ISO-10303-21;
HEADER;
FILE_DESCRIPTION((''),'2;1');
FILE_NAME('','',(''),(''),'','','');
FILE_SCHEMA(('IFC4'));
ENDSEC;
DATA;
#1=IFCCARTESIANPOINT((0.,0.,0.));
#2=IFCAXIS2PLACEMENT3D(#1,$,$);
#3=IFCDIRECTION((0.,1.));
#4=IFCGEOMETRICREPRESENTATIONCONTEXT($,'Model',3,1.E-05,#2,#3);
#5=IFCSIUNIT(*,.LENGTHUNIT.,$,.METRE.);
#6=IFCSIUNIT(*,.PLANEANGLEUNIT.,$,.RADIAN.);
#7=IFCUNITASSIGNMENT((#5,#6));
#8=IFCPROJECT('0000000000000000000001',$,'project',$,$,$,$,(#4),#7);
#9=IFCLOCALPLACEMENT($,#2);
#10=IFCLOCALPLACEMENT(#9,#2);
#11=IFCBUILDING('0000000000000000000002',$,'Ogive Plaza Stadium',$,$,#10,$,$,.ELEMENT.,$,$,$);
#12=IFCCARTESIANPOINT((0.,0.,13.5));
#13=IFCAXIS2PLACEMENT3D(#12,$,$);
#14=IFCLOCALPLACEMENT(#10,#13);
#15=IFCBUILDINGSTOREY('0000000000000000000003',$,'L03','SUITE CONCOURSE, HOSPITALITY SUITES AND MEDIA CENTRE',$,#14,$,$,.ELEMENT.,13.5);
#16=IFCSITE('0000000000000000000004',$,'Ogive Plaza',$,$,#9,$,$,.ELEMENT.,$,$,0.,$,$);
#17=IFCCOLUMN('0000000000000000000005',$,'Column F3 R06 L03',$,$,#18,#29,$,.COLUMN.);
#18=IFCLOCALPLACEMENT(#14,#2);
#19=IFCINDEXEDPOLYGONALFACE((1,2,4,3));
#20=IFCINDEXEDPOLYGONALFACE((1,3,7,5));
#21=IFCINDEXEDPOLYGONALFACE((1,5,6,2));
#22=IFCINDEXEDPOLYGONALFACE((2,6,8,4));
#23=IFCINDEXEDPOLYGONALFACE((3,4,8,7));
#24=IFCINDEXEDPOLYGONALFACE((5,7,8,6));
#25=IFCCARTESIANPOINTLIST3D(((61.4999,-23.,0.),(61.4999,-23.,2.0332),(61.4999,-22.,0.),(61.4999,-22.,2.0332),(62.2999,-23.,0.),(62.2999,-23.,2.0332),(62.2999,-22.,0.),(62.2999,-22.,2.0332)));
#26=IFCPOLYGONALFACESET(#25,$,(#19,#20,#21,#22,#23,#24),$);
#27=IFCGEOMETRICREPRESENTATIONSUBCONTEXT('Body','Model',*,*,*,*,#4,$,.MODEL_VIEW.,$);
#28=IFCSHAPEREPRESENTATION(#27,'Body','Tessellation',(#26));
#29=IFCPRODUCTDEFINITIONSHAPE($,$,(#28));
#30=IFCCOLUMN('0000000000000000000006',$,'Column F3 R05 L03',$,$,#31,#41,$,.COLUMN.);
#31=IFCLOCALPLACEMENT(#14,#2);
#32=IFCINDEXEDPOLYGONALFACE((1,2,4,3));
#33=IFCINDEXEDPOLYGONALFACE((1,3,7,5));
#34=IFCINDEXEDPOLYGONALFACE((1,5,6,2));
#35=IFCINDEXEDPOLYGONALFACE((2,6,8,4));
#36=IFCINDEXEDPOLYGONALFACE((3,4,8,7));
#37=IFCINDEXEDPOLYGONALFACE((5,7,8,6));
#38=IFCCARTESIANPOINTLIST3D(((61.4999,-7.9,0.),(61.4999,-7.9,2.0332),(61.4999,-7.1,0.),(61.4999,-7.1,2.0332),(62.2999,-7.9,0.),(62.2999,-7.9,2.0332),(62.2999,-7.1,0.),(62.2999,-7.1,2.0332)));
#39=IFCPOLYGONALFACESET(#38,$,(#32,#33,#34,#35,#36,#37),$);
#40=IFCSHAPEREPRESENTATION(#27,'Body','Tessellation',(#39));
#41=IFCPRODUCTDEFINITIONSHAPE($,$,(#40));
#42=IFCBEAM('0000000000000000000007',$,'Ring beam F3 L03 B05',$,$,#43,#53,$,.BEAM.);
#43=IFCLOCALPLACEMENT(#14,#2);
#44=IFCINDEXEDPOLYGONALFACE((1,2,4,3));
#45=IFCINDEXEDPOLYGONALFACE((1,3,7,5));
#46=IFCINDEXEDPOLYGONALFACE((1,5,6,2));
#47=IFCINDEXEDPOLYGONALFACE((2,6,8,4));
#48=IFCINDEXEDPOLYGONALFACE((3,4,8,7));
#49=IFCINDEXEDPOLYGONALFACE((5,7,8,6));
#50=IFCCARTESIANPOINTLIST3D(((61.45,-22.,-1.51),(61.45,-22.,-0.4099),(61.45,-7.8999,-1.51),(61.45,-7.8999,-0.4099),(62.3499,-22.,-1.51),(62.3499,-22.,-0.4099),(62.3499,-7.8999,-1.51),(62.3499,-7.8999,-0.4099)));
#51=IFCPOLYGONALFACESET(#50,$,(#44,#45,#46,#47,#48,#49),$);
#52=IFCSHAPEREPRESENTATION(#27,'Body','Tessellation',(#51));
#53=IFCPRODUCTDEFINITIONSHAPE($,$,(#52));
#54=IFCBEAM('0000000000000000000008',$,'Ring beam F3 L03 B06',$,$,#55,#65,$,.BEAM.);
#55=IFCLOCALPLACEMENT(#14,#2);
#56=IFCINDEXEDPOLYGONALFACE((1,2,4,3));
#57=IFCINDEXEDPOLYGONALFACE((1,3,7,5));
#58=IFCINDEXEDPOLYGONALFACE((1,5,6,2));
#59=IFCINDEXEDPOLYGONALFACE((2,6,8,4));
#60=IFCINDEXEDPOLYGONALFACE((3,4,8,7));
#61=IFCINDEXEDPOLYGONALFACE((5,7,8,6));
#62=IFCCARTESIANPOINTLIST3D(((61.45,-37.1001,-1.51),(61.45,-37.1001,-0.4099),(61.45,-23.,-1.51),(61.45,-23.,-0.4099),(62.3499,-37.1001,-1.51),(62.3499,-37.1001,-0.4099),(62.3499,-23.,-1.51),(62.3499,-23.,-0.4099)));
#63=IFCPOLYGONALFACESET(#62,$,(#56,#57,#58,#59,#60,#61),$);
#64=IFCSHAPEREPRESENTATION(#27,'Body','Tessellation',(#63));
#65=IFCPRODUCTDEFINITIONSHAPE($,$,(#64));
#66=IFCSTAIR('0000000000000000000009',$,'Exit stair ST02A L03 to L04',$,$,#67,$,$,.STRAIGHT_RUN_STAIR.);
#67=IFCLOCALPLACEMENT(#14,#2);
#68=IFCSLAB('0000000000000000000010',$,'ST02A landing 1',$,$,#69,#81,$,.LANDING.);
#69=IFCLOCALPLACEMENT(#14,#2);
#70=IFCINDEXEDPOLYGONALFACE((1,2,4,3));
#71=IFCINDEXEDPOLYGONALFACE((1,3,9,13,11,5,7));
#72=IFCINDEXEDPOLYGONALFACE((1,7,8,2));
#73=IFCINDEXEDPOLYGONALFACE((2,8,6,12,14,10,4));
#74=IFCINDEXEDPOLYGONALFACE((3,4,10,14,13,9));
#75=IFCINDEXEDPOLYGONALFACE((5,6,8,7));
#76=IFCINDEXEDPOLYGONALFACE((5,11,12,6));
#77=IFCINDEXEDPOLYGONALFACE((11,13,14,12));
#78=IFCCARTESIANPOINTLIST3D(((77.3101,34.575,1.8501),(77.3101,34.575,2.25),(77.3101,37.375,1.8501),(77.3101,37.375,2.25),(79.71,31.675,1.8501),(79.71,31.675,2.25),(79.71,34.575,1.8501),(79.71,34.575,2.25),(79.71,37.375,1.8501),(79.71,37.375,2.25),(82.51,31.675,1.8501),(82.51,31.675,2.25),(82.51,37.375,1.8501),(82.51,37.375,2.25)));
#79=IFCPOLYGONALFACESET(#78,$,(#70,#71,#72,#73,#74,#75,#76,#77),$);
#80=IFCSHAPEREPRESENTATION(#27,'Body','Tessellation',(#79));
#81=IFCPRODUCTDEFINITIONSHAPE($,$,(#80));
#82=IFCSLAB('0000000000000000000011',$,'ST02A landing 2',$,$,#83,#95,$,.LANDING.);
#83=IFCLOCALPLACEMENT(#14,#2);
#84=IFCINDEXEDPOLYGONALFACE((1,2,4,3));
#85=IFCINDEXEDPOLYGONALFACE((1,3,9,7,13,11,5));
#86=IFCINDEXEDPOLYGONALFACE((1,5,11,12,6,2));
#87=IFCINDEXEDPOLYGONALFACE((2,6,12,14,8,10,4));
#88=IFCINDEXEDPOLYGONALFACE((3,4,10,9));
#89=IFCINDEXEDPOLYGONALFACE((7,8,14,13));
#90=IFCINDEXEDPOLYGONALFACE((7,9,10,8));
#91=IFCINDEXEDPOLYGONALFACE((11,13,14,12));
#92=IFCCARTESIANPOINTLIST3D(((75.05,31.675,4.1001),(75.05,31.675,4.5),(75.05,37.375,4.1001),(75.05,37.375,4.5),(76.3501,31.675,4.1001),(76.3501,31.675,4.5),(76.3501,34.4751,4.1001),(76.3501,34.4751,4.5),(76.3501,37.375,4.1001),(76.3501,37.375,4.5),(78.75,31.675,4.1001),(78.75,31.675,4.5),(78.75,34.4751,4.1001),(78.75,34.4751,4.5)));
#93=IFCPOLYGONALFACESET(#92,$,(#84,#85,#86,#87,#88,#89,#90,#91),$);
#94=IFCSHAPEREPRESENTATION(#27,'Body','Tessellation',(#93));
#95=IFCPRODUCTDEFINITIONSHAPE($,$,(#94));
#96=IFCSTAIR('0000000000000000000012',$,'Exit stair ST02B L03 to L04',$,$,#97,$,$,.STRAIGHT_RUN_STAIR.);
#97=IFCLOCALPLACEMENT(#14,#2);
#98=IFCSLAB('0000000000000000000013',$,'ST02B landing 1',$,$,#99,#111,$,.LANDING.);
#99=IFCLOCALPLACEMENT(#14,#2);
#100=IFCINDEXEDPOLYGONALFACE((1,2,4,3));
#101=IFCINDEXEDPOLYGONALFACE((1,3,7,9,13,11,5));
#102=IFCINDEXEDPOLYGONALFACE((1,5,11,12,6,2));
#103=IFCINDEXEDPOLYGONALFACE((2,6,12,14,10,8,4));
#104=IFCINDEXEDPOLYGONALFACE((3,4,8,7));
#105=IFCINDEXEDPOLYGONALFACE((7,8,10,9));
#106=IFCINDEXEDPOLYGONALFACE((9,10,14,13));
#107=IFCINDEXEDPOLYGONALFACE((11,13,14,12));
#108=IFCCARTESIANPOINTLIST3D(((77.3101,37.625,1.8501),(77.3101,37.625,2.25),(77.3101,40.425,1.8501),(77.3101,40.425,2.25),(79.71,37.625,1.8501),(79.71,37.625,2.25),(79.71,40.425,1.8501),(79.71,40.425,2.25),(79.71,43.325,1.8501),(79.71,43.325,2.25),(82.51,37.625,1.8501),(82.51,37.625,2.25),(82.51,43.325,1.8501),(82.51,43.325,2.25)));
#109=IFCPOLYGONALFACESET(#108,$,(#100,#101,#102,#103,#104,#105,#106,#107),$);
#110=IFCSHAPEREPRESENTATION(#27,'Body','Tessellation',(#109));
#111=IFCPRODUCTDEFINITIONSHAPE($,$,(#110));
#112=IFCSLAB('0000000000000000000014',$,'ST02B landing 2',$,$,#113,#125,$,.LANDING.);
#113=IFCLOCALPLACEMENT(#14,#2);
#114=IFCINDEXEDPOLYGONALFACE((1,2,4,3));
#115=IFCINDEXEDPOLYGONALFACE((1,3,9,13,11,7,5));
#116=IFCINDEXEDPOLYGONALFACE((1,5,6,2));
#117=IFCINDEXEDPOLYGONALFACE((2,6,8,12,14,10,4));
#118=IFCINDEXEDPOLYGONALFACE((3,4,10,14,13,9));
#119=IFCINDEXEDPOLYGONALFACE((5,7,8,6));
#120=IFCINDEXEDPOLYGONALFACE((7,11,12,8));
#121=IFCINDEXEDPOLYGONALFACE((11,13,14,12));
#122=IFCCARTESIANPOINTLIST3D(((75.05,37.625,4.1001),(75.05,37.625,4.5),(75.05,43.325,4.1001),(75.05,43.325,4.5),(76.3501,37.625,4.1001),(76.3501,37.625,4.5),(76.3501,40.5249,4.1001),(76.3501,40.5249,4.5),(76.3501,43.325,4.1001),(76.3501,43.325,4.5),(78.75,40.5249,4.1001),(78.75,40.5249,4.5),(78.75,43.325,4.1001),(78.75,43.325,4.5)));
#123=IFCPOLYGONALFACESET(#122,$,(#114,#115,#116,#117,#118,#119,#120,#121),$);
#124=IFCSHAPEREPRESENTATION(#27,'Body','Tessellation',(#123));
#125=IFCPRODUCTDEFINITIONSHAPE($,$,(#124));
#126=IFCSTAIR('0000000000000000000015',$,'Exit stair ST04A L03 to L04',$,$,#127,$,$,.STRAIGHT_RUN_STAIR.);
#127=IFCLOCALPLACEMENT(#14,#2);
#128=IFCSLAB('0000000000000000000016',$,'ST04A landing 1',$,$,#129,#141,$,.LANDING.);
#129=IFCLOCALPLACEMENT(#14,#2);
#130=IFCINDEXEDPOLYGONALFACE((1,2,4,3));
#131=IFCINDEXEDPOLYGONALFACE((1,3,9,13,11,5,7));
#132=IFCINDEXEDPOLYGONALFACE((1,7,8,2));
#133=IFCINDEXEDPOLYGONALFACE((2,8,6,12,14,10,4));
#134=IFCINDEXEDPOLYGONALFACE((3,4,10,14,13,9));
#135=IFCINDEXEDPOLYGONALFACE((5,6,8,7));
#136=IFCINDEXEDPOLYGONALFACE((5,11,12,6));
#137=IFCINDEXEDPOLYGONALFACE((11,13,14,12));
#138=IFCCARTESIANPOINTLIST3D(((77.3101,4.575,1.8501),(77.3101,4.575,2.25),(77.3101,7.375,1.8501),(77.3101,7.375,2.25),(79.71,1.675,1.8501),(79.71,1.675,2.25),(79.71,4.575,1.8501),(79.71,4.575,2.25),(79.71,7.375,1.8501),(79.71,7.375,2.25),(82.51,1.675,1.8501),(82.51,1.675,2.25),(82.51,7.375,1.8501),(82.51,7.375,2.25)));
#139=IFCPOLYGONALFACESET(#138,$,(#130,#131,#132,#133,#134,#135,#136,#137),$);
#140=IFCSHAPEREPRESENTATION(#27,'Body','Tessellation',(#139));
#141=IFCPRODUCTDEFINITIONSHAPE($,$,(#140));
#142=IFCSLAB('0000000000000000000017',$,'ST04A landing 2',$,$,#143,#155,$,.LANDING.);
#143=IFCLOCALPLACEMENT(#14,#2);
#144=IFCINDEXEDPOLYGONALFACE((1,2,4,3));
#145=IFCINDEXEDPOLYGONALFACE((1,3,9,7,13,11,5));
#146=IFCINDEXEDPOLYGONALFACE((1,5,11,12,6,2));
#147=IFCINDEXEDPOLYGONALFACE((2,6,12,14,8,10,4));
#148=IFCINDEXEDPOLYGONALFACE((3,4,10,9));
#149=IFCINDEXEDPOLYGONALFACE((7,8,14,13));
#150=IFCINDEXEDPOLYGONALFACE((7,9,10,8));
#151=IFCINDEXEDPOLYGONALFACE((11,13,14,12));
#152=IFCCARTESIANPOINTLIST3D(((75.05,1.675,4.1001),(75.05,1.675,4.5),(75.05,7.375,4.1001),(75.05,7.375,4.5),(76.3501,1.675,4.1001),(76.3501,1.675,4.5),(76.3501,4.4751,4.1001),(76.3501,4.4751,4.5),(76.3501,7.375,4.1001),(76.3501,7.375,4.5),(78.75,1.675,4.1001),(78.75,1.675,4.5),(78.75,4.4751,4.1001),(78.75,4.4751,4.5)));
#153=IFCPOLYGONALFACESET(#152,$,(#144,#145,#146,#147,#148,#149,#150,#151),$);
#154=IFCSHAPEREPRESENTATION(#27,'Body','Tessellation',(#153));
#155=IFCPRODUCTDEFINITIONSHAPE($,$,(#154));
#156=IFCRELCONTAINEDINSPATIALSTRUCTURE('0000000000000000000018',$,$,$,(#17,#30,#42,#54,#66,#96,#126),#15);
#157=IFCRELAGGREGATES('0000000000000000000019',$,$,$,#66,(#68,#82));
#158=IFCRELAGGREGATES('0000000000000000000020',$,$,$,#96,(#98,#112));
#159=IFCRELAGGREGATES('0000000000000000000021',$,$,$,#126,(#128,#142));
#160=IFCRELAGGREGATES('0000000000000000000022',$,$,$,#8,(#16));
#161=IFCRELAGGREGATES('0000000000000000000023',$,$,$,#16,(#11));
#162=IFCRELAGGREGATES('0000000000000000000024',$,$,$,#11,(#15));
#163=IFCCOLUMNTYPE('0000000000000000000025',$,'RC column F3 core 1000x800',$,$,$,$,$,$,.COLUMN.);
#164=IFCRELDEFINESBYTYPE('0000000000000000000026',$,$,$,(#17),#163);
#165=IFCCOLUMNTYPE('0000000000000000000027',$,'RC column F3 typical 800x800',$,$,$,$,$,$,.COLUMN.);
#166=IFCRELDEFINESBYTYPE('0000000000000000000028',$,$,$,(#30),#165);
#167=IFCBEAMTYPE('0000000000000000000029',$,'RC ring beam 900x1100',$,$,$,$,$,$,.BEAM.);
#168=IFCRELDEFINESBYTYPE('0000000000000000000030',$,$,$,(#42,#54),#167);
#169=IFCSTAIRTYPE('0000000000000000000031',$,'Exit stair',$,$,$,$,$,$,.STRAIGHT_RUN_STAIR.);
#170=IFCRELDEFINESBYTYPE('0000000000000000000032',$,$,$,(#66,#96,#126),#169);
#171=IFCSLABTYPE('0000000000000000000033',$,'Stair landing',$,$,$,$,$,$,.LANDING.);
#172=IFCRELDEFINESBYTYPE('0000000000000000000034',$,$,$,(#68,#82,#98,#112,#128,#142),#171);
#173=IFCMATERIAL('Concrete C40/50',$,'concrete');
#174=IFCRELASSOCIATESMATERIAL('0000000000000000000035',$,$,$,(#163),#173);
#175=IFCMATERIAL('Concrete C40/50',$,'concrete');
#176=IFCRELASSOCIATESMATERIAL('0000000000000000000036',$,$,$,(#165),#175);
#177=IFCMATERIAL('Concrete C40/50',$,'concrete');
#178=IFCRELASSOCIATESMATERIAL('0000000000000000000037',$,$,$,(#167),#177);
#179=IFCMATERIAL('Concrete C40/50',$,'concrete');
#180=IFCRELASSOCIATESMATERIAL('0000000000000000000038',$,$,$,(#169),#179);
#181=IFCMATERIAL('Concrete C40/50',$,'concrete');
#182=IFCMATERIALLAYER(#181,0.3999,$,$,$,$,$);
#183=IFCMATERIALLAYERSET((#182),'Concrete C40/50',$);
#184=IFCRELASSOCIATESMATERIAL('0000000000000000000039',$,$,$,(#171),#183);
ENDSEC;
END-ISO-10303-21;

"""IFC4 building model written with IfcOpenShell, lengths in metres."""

from ifc_helpers import new_model, si_unit, direction, frame, origin, origin_2d, place, context, subcontext, project, spatial, polyline, rectangle, outline, extrude, material, layer, layer_set, material_profile, profile_set, type_object, element, aggregate, save


model = new_model("IFC4")

# Units and contexts
model_context = context("Model", 3, precision=1e-05, world=origin(), true_north=direction((0.0, 1.0)))
body_context = subcontext(model_context, "Body", "Model", "MODEL_VIEW")
ifc_project = project(units=[si_unit("LENGTHUNIT", "METRE"), si_unit("PLANEANGLEUNIT", "RADIAN")], contexts=[model_context])

# Site, building, storey
site_placement = place(None, origin())
site = spatial("IfcSite", under=ifc_project, at=site_placement, Name="Ogive Plaza", CompositionType="ELEMENT", RefElevation=0.0)
building_placement = place(site_placement, origin())
building = spatial("IfcBuilding", under=site, at=building_placement, Name="Ogive Plaza Stadium", CompositionType="ELEMENT")
storey_placement = place(building_placement, frame((0.0, 0.0, 13.5)))
storey = spatial("IfcBuildingStorey", under=building, at=storey_placement, Name="L03", Description="SUITE CONCOURSE, HOSPITALITY SUITES AND MEDIA CENTRE", CompositionType="ELEMENT", Elevation=13.5)

# Columns
ifc_material_1 = material(Name="Concrete C40/50", Category="concrete")
ifc_material_profile_1 = material_profile(ifc_material_1, rectangle(XDim=1.0, YDim=0.8, at=origin_2d()), Name="RC 1000x800")
ifc_profile_set_1 = profile_set([ifc_material_profile_1], Name="Concrete C40/50")
column_type_1 = type_object("IfcColumnType", Name="RC column F3 core 1000x800", PredefinedType="COLUMN", material=ifc_profile_set_1)
column_1_placement = place(storey_placement, frame((61.8999, -22.5, 0.0), z_axis=(0.0, 0.0, 1.0), x_axis=(0.0, 1.0, 0.0)))
element("IfcColumn", 1, at=column_1_placement, inside=storey, type_object=column_type_1, Name="Column F3 R06 L03", PredefinedType="COLUMN", context=body_context, shape_type="SweptSolid", body=[
    extrude(rectangle(XDim=1.0, YDim=0.8, at=origin_2d()), origin(), (0.0, 0.0, 1.0), 2.0332),
])
ifc_material_2 = material(Name="Concrete C40/50", Category="concrete")
ifc_material_profile_2 = material_profile(ifc_material_2, rectangle(XDim=0.8, YDim=0.8, at=origin_2d()), Name="RC 800x800")
ifc_profile_set_2 = profile_set([ifc_material_profile_2], Name="Concrete C40/50")
column_type_2 = type_object("IfcColumnType", Name="RC column F3 typical 800x800", PredefinedType="COLUMN", material=ifc_profile_set_2)
column_2_placement = place(storey_placement, frame((61.8999, -7.5, 0.0), z_axis=(0.0, 0.0, 1.0), x_axis=(0.0, 1.0, 0.0)))
element("IfcColumn", 2, at=column_2_placement, inside=storey, type_object=column_type_2, Name="Column F3 R05 L03", PredefinedType="COLUMN", context=body_context, shape_type="SweptSolid", body=[
    extrude(rectangle(XDim=0.8, YDim=0.8, at=origin_2d()), origin(), (0.0, 0.0, 1.0), 2.0332),
])

# Beams
ifc_material_3 = material(Name="Concrete C40/50", Category="concrete")
ifc_material_profile_3 = material_profile(ifc_material_3, rectangle(XDim=0.8999, YDim=1.1001, at=origin_2d()), Name="RC 900x1100")
ifc_profile_set_3 = profile_set([ifc_material_profile_3], Name="Concrete C40/50")
beam_type_1 = type_object("IfcBeamType", Name="RC ring beam 900x1100", PredefinedType="BEAM", material=ifc_profile_set_3)
for number, where, z_axis, x_axis, name in (
    (3, (61.8999, -7.8999, -0.96), (0.0, -1.0, 0.0), (1.0, 0.0, 0.0), "Ring beam F3 L03 B05"),
    (4, (61.8999, -23.0, -0.96), (0.0, -1.0, 0.0), (1.0, 0.0, 0.0), "Ring beam F3 L03 B06"),
):
    element("IfcBeam", number, at=place(storey_placement, frame(where, z_axis=z_axis, x_axis=x_axis)), inside=storey, type_object=beam_type_1, Name=name, PredefinedType="BEAM", context=body_context, shape_type="SweptSolid", body=[
        extrude(rectangle(XDim=0.8999, YDim=1.1001, at=origin_2d()), origin(), (0.0, 0.0, 1.0), 14.1001),
    ])

# Stairs, slabs
ifc_material_4 = material(Name="Concrete C40/50", Category="concrete")
stair_type = type_object("IfcStairType", Name="Exit stair", PredefinedType="STRAIGHT_RUN_STAIR", material=ifc_material_4)
stair_1_placement = place(storey_placement, origin())
stair_1 = element("IfcStair", 5, at=stair_1_placement, inside=storey, type_object=stair_type, Name="Exit stair ST02A L03 to L04", PredefinedType="STRAIGHT_RUN_STAIR")
ifc_material_5 = material(Name="Concrete C40/50", Category="concrete")
ifc_layer_1 = layer(ifc_material_5, 0.3999)
ifc_layer_set_1 = layer_set([ifc_layer_1], Name="Concrete C40/50")
slab_type_1 = type_object("IfcSlabType", Name="Stair landing", PredefinedType="LANDING", material=ifc_layer_set_1)
slab_1_placement = place(storey_placement, frame((0.0, 0.0, 1.8501)))
slab_1 = element("IfcSlab", 6, at=slab_1_placement, type_object=slab_type_1, Name="ST02A landing 1", PredefinedType="LANDING", context=body_context, shape_type="SweptSolid", body=[
    extrude(outline(polyline([(82.51, 37.375), (82.51, 31.675), (79.71, 31.675), (79.71, 34.575), (77.3101, 34.575), (77.3101, 37.375), (79.71, 37.375), (82.51, 37.375)])), origin(), (0.0, 0.0, 1.0), 0.3999),
])
slab_2_placement = place(storey_placement, frame((0.0, 0.0, 4.1001)))
slab_2 = element("IfcSlab", 7, at=slab_2_placement, type_object=slab_type_1, Name="ST02A landing 2", PredefinedType="LANDING", context=body_context, shape_type="SweptSolid", body=[
    extrude(outline(polyline([(78.75, 34.4751), (78.75, 31.675), (76.3501, 31.675), (75.05, 31.675), (75.05, 37.375), (76.3501, 37.375), (76.3501, 34.4751), (78.75, 34.4751)])), origin(), (0.0, 0.0, 1.0), 0.3999),
])
aggregate(stair_1, [slab_1, slab_2])
stair_2_placement = place(storey_placement, origin())
stair_2 = element("IfcStair", 8, at=stair_2_placement, inside=storey, type_object=stair_type, Name="Exit stair ST02B L03 to L04", PredefinedType="STRAIGHT_RUN_STAIR")
slab_3_placement = place(storey_placement, frame((0.0, 0.0, 1.8501)))
slab_3 = element("IfcSlab", 9, at=slab_3_placement, type_object=slab_type_1, Name="ST02B landing 1", PredefinedType="LANDING", context=body_context, shape_type="SweptSolid", body=[
    extrude(outline(polyline([(77.3101, 37.625), (77.3101, 40.425), (79.71, 40.425), (79.71, 43.325), (82.51, 43.325), (82.51, 37.625), (79.71, 37.625), (77.3101, 37.625)])), origin(), (0.0, 0.0, 1.0), 0.3999),
])
slab_4_placement = place(storey_placement, frame((0.0, 0.0, 4.1001)))
slab_4 = element("IfcSlab", 10, at=slab_4_placement, type_object=slab_type_1, Name="ST02B landing 2", PredefinedType="LANDING", context=body_context, shape_type="SweptSolid", body=[
    extrude(outline(polyline([(76.3501, 37.625), (75.05, 37.625), (75.05, 43.325), (76.3501, 43.325), (78.75, 43.325), (78.75, 40.5249), (76.3501, 40.5249), (76.3501, 37.625)])), origin(), (0.0, 0.0, 1.0), 0.3999),
])
aggregate(stair_2, [slab_3, slab_4])
stair_3_placement = place(storey_placement, origin())
stair_3 = element("IfcStair", 11, at=stair_3_placement, inside=storey, type_object=stair_type, Name="Exit stair ST04A L03 to L04", PredefinedType="STRAIGHT_RUN_STAIR")
slab_5_placement = place(storey_placement, frame((0.0, 0.0, 1.8501)))
slab_5 = element("IfcSlab", 12, at=slab_5_placement, type_object=slab_type_1, Name="ST04A landing 1", PredefinedType="LANDING", context=body_context, shape_type="SweptSolid", body=[
    extrude(outline(polyline([(82.51, 7.375), (82.51, 1.675), (79.71, 1.675), (79.71, 4.575), (77.3101, 4.575), (77.3101, 7.375), (79.71, 7.375), (82.51, 7.375)])), origin(), (0.0, 0.0, 1.0), 0.3999),
])
slab_6_placement = place(storey_placement, frame((0.0, 0.0, 4.1001)))
slab_6 = element("IfcSlab", 13, at=slab_6_placement, type_object=slab_type_1, Name="ST04A landing 2", PredefinedType="LANDING", context=body_context, shape_type="SweptSolid", body=[
    extrude(outline(polyline([(78.75, 4.4751), (78.75, 1.675), (76.3501, 1.675), (75.05, 1.675), (75.05, 7.375), (76.3501, 7.375), (76.3501, 4.4751), (78.75, 4.4751)])), origin(), (0.0, 0.0, 1.0), 0.3999),
])
aggregate(stair_3, [slab_5, slab_6])

save(model, "model.ifc")
